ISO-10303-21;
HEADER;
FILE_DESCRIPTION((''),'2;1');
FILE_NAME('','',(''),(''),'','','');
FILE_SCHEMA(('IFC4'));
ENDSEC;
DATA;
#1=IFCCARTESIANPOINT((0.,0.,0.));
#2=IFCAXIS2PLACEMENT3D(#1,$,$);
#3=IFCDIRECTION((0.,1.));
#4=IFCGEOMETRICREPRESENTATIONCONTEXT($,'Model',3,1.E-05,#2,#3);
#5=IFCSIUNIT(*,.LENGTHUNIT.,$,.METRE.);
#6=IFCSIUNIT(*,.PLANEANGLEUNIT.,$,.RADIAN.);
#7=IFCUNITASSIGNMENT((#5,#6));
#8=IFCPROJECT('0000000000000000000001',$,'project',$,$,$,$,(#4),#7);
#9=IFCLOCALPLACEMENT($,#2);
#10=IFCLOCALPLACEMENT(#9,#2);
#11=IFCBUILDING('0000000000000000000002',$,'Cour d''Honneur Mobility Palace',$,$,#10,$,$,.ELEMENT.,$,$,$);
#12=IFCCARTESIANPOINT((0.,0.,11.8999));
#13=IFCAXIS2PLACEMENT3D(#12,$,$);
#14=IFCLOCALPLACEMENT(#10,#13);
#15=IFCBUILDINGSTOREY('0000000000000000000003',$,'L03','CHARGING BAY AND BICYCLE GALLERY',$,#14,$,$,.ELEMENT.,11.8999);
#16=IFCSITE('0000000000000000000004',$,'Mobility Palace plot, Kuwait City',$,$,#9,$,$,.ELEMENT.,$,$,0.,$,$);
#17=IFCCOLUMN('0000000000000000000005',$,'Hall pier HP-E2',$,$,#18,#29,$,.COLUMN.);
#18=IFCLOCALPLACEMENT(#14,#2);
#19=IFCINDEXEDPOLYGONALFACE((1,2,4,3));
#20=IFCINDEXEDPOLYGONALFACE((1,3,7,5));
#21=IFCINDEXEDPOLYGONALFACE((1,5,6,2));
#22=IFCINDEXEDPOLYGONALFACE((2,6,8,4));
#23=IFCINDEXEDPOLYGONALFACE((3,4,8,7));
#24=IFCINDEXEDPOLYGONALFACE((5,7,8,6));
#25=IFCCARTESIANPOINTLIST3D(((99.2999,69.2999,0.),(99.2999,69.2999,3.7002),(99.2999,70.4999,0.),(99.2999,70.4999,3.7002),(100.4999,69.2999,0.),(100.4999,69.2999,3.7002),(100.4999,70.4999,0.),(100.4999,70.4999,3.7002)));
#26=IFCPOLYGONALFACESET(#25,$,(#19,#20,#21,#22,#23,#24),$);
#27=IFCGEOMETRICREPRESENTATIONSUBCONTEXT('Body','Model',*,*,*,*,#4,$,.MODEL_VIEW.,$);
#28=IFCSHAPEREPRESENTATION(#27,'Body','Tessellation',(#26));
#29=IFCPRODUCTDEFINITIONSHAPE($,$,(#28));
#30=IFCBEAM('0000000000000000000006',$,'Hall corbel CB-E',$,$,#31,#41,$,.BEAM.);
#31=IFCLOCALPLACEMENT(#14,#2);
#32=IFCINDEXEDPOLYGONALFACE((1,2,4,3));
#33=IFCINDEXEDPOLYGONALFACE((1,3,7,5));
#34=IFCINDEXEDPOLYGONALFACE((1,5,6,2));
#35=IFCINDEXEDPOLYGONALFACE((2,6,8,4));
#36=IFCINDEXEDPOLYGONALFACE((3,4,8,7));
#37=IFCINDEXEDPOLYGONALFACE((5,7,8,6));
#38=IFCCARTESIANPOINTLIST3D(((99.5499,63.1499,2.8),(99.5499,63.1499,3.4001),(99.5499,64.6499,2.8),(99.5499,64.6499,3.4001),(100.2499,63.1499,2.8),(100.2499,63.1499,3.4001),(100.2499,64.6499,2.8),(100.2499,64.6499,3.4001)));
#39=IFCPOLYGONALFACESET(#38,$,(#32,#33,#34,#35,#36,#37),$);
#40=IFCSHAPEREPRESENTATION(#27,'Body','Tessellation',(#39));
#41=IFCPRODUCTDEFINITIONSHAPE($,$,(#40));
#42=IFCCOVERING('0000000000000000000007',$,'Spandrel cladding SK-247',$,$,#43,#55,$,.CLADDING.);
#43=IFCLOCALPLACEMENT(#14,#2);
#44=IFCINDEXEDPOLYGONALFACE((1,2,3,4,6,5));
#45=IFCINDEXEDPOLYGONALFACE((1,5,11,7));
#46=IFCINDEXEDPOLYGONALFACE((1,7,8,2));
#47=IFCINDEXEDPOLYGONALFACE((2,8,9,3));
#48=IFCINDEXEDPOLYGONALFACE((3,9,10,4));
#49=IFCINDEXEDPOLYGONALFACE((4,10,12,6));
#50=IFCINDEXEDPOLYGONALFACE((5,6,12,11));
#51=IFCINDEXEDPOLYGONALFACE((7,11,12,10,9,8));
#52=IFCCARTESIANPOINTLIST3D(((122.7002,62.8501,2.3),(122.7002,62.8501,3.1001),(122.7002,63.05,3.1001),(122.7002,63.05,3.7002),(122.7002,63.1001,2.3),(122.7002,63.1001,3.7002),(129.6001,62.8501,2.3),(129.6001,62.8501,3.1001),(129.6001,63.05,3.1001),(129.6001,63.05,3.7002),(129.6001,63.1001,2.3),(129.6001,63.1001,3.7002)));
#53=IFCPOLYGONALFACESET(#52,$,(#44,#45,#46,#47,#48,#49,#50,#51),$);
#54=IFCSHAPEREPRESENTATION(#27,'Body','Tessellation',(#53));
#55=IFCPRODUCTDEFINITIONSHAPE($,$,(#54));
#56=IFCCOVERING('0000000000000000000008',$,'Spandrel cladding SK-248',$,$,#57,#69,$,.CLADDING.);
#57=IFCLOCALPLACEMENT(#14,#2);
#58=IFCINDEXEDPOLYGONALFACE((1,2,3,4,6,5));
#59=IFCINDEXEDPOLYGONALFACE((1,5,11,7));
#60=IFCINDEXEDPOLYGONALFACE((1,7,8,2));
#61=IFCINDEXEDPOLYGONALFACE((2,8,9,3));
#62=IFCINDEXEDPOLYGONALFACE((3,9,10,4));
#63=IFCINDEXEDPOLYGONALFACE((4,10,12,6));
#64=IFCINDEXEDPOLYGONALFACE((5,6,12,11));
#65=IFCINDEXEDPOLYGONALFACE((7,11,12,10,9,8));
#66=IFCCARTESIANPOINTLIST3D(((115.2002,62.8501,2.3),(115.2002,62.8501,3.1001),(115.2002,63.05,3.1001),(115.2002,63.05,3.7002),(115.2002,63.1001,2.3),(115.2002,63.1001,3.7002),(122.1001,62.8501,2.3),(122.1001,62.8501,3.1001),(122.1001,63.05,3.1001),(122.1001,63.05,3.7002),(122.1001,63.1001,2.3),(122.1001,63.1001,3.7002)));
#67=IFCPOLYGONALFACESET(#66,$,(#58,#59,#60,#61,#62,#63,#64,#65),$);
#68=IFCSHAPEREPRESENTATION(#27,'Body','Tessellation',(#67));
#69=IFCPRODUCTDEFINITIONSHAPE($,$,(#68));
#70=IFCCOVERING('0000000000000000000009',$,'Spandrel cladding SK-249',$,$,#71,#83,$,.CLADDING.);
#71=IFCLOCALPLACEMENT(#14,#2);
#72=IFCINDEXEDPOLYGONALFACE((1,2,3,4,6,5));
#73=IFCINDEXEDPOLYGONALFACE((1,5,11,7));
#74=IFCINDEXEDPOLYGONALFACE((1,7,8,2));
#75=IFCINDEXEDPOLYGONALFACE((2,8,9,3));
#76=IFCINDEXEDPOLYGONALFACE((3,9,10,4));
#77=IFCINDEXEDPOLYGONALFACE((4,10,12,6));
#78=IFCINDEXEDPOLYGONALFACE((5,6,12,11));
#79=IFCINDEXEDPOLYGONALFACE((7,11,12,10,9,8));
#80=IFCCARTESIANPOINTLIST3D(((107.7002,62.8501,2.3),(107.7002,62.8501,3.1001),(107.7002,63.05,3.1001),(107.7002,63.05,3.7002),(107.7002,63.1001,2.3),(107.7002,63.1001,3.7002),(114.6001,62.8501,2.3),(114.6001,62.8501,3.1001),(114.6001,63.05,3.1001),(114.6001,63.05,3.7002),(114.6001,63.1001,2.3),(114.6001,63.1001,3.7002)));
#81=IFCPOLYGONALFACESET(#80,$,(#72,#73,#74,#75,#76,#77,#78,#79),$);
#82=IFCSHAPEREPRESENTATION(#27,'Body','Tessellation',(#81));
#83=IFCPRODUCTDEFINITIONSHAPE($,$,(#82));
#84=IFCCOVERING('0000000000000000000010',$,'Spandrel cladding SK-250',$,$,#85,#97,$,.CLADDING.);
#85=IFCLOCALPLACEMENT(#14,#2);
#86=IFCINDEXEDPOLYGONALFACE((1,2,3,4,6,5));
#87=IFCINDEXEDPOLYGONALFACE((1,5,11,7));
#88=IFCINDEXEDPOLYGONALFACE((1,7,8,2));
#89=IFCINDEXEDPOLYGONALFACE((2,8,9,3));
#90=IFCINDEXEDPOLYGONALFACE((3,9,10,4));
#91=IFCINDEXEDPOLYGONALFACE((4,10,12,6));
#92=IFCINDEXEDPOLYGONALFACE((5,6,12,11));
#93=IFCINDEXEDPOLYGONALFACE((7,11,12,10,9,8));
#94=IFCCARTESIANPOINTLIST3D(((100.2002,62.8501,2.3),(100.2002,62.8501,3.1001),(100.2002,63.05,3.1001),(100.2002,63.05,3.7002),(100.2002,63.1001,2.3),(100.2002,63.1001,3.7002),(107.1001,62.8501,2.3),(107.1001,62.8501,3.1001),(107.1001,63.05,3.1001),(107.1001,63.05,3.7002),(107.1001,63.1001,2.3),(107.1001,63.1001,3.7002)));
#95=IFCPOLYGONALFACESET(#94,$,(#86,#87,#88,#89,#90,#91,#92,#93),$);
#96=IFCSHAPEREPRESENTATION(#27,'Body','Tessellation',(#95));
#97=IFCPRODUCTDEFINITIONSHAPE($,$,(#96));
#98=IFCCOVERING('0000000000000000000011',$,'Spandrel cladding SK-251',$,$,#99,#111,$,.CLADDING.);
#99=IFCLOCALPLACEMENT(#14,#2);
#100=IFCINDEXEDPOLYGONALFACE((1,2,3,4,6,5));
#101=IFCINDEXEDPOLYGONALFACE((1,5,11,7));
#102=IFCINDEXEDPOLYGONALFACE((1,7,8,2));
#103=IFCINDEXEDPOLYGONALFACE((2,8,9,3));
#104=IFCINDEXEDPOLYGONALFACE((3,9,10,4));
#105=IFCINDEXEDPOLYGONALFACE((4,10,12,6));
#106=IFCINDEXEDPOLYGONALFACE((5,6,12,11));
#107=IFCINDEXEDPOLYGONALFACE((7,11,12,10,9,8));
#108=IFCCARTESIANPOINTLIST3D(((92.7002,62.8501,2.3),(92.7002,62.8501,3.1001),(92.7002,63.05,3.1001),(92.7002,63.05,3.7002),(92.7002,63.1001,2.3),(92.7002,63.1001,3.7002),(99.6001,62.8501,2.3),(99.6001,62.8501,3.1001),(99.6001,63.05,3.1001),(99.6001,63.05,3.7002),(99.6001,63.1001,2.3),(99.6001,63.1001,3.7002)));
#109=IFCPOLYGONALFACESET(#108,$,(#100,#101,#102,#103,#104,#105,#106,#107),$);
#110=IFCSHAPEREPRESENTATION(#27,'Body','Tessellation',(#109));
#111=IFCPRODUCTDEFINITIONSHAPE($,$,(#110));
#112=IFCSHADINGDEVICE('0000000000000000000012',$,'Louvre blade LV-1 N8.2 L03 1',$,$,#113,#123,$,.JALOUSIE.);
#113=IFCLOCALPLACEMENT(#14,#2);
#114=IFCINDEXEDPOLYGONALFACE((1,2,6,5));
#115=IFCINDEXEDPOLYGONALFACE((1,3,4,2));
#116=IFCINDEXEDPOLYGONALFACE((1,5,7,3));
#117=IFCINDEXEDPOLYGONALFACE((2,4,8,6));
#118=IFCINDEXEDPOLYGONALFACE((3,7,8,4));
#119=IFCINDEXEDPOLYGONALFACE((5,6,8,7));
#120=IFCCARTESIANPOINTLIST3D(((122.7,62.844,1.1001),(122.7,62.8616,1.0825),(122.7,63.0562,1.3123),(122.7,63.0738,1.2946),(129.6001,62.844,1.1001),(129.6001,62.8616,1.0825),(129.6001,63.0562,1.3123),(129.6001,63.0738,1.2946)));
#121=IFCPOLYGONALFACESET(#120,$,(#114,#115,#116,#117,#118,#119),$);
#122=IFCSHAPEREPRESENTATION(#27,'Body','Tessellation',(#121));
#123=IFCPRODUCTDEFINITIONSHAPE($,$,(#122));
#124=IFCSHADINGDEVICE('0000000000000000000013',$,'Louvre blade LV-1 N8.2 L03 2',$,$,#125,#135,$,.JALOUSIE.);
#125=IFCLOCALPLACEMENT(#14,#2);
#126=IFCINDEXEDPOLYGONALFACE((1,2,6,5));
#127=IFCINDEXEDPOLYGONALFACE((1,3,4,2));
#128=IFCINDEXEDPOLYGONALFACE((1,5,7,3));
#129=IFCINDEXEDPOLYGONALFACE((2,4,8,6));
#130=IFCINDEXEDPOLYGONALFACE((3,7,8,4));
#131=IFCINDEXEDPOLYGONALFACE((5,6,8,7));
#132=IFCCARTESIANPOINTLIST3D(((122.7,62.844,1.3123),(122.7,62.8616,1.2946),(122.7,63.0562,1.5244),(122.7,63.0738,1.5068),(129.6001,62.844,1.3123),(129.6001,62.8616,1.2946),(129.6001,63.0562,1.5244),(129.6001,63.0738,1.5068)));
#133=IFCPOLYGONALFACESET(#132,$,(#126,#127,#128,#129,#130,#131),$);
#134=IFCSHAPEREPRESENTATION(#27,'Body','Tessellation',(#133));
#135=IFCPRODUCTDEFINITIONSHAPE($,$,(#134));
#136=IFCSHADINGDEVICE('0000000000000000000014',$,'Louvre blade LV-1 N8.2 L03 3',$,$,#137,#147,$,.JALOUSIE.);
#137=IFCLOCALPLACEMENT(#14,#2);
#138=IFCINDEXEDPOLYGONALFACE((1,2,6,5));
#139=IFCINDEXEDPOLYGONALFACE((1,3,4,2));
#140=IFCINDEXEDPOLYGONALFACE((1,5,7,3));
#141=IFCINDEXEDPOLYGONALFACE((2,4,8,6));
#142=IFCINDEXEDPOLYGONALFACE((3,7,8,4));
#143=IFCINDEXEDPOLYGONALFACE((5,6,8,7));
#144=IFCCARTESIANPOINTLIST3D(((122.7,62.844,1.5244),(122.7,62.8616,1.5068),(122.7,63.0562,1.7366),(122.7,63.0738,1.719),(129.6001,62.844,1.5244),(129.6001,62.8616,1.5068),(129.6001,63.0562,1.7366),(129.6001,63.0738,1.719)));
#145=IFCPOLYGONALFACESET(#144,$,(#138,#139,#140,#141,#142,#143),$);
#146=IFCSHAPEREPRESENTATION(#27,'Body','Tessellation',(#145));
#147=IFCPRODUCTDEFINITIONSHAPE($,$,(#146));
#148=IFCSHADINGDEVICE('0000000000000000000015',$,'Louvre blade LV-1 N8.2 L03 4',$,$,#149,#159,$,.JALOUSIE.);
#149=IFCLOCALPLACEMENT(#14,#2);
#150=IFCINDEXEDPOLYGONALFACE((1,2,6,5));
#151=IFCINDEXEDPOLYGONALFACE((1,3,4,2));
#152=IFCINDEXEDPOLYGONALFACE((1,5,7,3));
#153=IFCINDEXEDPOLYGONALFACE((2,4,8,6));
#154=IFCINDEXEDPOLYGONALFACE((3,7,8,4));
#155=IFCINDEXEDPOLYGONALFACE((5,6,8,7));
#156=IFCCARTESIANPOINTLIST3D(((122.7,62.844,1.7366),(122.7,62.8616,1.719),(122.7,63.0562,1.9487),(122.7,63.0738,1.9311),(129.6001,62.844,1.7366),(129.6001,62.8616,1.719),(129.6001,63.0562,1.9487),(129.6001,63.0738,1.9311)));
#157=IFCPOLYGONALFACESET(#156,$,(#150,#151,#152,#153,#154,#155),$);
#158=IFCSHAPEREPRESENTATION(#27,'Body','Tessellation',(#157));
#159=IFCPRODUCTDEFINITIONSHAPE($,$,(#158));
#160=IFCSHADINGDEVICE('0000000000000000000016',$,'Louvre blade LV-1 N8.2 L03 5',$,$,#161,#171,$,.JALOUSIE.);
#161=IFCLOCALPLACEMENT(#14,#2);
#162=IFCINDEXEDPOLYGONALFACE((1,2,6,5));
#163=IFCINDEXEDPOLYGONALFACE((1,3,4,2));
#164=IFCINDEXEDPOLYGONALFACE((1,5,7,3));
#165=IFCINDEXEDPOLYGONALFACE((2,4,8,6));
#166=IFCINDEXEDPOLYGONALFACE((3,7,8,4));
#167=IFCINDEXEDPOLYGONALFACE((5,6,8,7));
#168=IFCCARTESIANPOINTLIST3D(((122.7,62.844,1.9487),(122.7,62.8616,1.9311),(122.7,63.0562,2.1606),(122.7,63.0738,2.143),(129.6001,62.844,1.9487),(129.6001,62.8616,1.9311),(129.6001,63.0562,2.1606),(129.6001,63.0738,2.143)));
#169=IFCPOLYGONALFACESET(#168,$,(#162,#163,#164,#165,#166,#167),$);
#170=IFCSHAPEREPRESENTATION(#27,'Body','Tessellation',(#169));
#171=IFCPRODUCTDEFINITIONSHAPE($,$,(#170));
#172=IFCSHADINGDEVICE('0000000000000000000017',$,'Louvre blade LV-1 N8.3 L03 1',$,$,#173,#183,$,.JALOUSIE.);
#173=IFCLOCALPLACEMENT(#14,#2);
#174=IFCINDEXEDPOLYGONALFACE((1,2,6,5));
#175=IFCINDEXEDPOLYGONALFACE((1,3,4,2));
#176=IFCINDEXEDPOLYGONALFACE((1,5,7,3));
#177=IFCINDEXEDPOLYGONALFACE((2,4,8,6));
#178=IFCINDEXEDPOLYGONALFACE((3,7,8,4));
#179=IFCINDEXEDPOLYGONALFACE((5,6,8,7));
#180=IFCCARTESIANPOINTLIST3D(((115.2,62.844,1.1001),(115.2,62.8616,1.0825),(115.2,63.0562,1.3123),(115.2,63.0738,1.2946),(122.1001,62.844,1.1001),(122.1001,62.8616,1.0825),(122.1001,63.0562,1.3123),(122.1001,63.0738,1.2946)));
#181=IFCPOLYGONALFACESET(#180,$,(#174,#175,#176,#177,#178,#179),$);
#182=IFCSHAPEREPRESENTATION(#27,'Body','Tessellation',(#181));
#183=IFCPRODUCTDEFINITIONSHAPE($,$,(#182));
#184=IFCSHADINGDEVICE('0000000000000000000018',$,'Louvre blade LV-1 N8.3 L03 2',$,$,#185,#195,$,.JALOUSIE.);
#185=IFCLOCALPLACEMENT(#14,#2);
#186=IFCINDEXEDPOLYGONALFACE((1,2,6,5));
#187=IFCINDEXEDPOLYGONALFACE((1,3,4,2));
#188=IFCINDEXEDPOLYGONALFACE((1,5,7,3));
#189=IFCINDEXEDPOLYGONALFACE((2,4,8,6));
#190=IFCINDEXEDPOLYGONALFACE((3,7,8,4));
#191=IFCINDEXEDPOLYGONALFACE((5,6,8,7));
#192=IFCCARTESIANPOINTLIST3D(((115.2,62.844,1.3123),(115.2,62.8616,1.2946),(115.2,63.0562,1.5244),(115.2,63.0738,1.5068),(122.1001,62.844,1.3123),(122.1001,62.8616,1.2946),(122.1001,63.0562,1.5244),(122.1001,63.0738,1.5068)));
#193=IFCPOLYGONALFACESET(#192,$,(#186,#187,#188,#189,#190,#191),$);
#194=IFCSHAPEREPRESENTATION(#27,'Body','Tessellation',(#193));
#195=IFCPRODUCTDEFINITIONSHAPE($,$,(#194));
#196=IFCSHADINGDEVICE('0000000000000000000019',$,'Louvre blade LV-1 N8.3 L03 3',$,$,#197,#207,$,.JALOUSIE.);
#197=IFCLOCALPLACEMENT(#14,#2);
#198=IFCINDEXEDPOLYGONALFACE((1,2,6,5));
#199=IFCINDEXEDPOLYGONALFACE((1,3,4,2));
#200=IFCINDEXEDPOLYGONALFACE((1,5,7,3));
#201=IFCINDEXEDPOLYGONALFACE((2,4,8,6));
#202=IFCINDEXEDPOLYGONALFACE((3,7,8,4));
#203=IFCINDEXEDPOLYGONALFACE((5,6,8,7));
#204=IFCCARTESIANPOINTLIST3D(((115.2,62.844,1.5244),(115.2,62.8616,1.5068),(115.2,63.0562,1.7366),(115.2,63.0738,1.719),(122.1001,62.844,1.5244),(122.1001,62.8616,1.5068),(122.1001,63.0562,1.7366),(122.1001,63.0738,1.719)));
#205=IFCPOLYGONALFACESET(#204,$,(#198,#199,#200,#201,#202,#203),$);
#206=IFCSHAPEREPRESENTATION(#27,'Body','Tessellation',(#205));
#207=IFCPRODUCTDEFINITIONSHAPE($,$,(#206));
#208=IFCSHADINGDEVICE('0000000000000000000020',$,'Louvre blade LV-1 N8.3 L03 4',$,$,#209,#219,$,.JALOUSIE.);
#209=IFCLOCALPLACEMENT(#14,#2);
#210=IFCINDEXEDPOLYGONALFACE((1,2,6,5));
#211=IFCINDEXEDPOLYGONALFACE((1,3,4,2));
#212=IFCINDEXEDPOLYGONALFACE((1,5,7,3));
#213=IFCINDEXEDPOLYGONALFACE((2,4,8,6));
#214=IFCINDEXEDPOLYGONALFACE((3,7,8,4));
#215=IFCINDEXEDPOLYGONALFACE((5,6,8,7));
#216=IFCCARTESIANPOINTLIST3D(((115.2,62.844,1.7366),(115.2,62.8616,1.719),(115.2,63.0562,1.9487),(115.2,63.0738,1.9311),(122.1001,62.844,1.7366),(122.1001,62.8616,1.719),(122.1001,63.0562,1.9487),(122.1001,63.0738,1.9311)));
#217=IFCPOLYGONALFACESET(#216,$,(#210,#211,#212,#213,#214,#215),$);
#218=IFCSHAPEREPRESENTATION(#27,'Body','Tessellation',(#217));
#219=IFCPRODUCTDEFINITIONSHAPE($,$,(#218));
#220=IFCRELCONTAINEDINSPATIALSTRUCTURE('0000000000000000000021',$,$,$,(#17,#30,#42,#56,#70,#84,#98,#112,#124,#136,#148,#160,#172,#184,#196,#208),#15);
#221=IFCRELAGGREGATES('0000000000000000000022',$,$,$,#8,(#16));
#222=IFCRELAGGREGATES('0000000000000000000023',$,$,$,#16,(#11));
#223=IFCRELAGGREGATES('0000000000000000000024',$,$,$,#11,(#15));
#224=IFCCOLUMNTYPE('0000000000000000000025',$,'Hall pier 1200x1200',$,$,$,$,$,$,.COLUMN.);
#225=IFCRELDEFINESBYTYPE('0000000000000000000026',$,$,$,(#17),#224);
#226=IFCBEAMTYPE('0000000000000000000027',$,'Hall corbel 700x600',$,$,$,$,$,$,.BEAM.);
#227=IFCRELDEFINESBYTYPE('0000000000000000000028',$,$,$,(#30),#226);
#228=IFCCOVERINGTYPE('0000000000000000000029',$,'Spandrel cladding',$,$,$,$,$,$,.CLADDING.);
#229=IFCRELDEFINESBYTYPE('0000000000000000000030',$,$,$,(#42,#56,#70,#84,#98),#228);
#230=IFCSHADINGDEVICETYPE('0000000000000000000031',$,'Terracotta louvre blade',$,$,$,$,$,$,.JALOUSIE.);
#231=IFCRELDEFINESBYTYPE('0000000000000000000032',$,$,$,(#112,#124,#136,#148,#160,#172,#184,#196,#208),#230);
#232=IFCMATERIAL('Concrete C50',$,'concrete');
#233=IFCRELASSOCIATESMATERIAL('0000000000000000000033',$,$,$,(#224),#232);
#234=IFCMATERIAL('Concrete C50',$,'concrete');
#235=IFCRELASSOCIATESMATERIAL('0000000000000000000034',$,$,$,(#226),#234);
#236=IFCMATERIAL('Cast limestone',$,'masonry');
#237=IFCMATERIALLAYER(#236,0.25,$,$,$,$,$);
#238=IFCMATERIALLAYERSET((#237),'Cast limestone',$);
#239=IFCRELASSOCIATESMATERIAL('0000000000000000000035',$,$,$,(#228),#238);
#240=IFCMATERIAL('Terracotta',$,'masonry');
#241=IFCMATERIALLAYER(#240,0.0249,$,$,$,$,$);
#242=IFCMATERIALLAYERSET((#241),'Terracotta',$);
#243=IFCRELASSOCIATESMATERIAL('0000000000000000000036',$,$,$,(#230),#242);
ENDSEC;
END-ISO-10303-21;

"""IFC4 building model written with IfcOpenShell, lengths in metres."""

from ifc_helpers import new_model, si_unit, direction, frame, origin, origin_2d, place, context, subcontext, project, spatial, polyline, rectangle, outline, extrude, material, layer, layer_set, material_profile, profile_set, type_object, element, save


model = new_model("IFC4")

# Units and contexts
model_context = context("Model", 3, precision=1e-05, world=origin(), true_north=direction((0.0, 1.0)))
body_context = subcontext(model_context, "Body", "Model", "MODEL_VIEW")
ifc_project = project(units=[si_unit("LENGTHUNIT", "METRE"), si_unit("PLANEANGLEUNIT", "RADIAN")], contexts=[model_context])

# Site, building, storey
site_placement = place(None, origin())
site = spatial("IfcSite", under=ifc_project, at=site_placement, Name="Mobility Palace plot, Kuwait City", CompositionType="ELEMENT", RefElevation=0.0)
building_placement = place(site_placement, origin())
building = spatial("IfcBuilding", under=site, at=building_placement, Name="Cour d'Honneur Mobility Palace", CompositionType="ELEMENT")
storey_placement = place(building_placement, frame((0.0, 0.0, 11.8999)))
storey = spatial("IfcBuildingStorey", under=building, at=storey_placement, Name="L03", Description="CHARGING BAY AND BICYCLE GALLERY", CompositionType="ELEMENT", Elevation=11.8999)

# Column
ifc_material_1 = material(Name="Concrete C50", Category="concrete")
ifc_material_profile_1 = material_profile(ifc_material_1, rectangle(XDim=1.2, YDim=1.2, at=origin_2d()), Name="Hall pier 1200x1200")
ifc_profile_set_1 = profile_set([ifc_material_profile_1], Name="Concrete C50")
column_type = type_object("IfcColumnType", Name="Hall pier 1200x1200", PredefinedType="COLUMN", material=ifc_profile_set_1)
column_placement = place(storey_placement, frame((99.8999, 69.8999, 0.0), z_axis=(0.0, 0.0, 1.0), x_axis=(1.0, 0.0, 0.0)))
element("IfcColumn", 1, at=column_placement, inside=storey, type_object=column_type, Name="Hall pier HP-E2", PredefinedType="COLUMN", context=body_context, shape_type="SweptSolid", body=[
    extrude(rectangle(XDim=1.2, YDim=1.2, at=origin_2d()), origin(), (0.0, 0.0, 1.0), 3.7002),
])

# Beam
ifc_material_2 = material(Name="Concrete C50", Category="concrete")
ifc_material_profile_2 = material_profile(ifc_material_2, rectangle(XDim=0.7, YDim=0.6001, at=origin_2d()), Name="Hall corbel 700x600")
ifc_profile_set_2 = profile_set([ifc_material_profile_2], Name="Concrete C50")
beam_type = type_object("IfcBeamType", Name="Hall corbel 700x600", PredefinedType="BEAM", material=ifc_profile_set_2)
beam_placement = place(storey_placement, frame((99.8999, 63.1499, 3.1001), z_axis=(0.0, 1.0, 0.0), x_axis=(-1.0, 0.0, 0.0)))
element("IfcBeam", 2, at=beam_placement, inside=storey, type_object=beam_type, Name="Hall corbel CB-E", PredefinedType="BEAM", context=body_context, shape_type="SweptSolid", body=[
    extrude(rectangle(XDim=0.7, YDim=0.6001, at=origin_2d()), origin(), (0.0, 0.0, 1.0), 1.5),
])

# Coverings
ifc_material_3 = material(Name="Cast limestone", Category="masonry")
ifc_layer_1 = layer(ifc_material_3, 0.25)
ifc_layer_set_1 = layer_set([ifc_layer_1], Name="Cast limestone")
covering_type = type_object("IfcCoveringType", Name="Spandrel cladding", PredefinedType="CLADDING", material=ifc_layer_set_1)
for number, where, z_axis, x_axis, name in (
    (3, (129.6001, 62.8501, 2.3), (1.0, 0.0, 0.0), (0.0, 1.0, 0.0), "Spandrel cladding SK-247"),
    (4, (122.1001, 62.8501, 2.3), (1.0, 0.0, 0.0), (0.0, 1.0, 0.0), "Spandrel cladding SK-248"),
    (5, (114.6001, 62.8501, 2.3), (1.0, 0.0, 0.0), (0.0, 1.0, 0.0), "Spandrel cladding SK-249"),
    (6, (107.1001, 62.8501, 2.3), (1.0, 0.0, 0.0), (0.0, 1.0, 0.0), "Spandrel cladding SK-250"),
    (7, (99.6001, 62.8501, 2.3), (1.0, 0.0, 0.0), (0.0, 1.0, 0.0), "Spandrel cladding SK-251"),
):
    element("IfcCovering", number, at=place(storey_placement, frame(where, z_axis=z_axis, x_axis=x_axis)), inside=storey, type_object=covering_type, Name=name, PredefinedType="CLADDING", context=body_context, shape_type="SweptSolid", body=[
        extrude(outline(polyline([(0.0, 0.0), (0.25, 0.0), (0.25, 1.4001), (0.2, 1.4001), (0.2, 0.8), (0.0, 0.8), (0.0, 0.0)])), origin(), (0.0, 0.0, -1.0), 6.8999),
    ])

# Shading devices
ifc_material_4 = material(Name="Terracotta", Category="masonry")
ifc_layer_2 = layer(ifc_material_4, 0.0249)
ifc_layer_set_2 = layer_set([ifc_layer_2], Name="Terracotta")
shading_device_type = type_object("IfcShadingDeviceType", Name="Terracotta louvre blade", PredefinedType="JALOUSIE", material=ifc_layer_set_2)
for number, where, z_axis, x_axis, name in (
    (8, (129.6001, 62.844, 1.1001), (0.0, -0.707107, 0.707107), (-1.0, 0.0, 0.0), "Louvre blade LV-1 N8.2 L03 1"),
    (9, (129.6001, 62.844, 1.3123), (0.0, -0.707107, 0.707107), (-1.0, 0.0, 0.0), "Louvre blade LV-1 N8.2 L03 2"),
    (10, (129.6001, 62.844, 1.5244), (0.0, -0.707107, 0.707107), (-1.0, 0.0, 0.0), "Louvre blade LV-1 N8.2 L03 3"),
    (11, (129.6001, 62.844, 1.7366), (0.0, -0.707107, 0.707107), (-1.0, 0.0, 0.0), "Louvre blade LV-1 N8.2 L03 4"),
):
    element("IfcShadingDevice", number, at=place(storey_placement, frame(where, z_axis=z_axis, x_axis=x_axis)), inside=storey, type_object=shading_device_type, Name=name, PredefinedType="JALOUSIE", context=body_context, shape_type="SweptSolid", body=[
        extrude(outline(polyline([(0.0, 0.0), (6.9001, 0.0), (6.9001, -0.3), (0.0, -0.3), (0.0, 0.0)])), origin(), (0.0, 0.0, -1.0), 0.0249),
    ])
shading_device_1_placement = place(storey_placement, frame((129.6001, 62.844, 1.9487), z_axis=(0.0, -0.7067, 0.707514), x_axis=(-1.0, 0.0, 0.0)))
element("IfcShadingDevice", 12, at=shading_device_1_placement, inside=storey, type_object=shading_device_type, Name="Louvre blade LV-1 N8.2 L03 5", PredefinedType="JALOUSIE", context=body_context, shape_type="SweptSolid", body=[
    extrude(outline(polyline([(0.0, 0.0), (6.9001, 0.0), (6.9001, -0.2999), (0.0, -0.2999), (0.0, 0.0)])), origin(), (0.0, 0.0, -1.0), 0.0249),
])
for number, where, z_axis, x_axis, name in (
    (13, (122.1001, 62.844, 1.1001), (0.0, -0.707107, 0.707107), (-1.0, 0.0, 0.0), "Louvre blade LV-1 N8.3 L03 1"),
    (14, (122.1001, 62.844, 1.3123), (0.0, -0.707107, 0.707107), (-1.0, 0.0, 0.0), "Louvre blade LV-1 N8.3 L03 2"),
    (15, (122.1001, 62.844, 1.5244), (0.0, -0.707107, 0.707107), (-1.0, 0.0, 0.0), "Louvre blade LV-1 N8.3 L03 3"),
    (16, (122.1001, 62.844, 1.7366), (0.0, -0.707107, 0.707107), (-1.0, 0.0, 0.0), "Louvre blade LV-1 N8.3 L03 4"),
):
    element("IfcShadingDevice", number, at=place(storey_placement, frame(where, z_axis=z_axis, x_axis=x_axis)), inside=storey, type_object=shading_device_type, Name=name, PredefinedType="JALOUSIE", context=body_context, shape_type="SweptSolid", body=[
        extrude(outline(polyline([(0.0, 0.0), (6.9001, 0.0), (6.9001, -0.3), (0.0, -0.3), (0.0, 0.0)])), origin(), (0.0, 0.0, -1.0), 0.0249),
    ])

save(model, "model.ifc")
